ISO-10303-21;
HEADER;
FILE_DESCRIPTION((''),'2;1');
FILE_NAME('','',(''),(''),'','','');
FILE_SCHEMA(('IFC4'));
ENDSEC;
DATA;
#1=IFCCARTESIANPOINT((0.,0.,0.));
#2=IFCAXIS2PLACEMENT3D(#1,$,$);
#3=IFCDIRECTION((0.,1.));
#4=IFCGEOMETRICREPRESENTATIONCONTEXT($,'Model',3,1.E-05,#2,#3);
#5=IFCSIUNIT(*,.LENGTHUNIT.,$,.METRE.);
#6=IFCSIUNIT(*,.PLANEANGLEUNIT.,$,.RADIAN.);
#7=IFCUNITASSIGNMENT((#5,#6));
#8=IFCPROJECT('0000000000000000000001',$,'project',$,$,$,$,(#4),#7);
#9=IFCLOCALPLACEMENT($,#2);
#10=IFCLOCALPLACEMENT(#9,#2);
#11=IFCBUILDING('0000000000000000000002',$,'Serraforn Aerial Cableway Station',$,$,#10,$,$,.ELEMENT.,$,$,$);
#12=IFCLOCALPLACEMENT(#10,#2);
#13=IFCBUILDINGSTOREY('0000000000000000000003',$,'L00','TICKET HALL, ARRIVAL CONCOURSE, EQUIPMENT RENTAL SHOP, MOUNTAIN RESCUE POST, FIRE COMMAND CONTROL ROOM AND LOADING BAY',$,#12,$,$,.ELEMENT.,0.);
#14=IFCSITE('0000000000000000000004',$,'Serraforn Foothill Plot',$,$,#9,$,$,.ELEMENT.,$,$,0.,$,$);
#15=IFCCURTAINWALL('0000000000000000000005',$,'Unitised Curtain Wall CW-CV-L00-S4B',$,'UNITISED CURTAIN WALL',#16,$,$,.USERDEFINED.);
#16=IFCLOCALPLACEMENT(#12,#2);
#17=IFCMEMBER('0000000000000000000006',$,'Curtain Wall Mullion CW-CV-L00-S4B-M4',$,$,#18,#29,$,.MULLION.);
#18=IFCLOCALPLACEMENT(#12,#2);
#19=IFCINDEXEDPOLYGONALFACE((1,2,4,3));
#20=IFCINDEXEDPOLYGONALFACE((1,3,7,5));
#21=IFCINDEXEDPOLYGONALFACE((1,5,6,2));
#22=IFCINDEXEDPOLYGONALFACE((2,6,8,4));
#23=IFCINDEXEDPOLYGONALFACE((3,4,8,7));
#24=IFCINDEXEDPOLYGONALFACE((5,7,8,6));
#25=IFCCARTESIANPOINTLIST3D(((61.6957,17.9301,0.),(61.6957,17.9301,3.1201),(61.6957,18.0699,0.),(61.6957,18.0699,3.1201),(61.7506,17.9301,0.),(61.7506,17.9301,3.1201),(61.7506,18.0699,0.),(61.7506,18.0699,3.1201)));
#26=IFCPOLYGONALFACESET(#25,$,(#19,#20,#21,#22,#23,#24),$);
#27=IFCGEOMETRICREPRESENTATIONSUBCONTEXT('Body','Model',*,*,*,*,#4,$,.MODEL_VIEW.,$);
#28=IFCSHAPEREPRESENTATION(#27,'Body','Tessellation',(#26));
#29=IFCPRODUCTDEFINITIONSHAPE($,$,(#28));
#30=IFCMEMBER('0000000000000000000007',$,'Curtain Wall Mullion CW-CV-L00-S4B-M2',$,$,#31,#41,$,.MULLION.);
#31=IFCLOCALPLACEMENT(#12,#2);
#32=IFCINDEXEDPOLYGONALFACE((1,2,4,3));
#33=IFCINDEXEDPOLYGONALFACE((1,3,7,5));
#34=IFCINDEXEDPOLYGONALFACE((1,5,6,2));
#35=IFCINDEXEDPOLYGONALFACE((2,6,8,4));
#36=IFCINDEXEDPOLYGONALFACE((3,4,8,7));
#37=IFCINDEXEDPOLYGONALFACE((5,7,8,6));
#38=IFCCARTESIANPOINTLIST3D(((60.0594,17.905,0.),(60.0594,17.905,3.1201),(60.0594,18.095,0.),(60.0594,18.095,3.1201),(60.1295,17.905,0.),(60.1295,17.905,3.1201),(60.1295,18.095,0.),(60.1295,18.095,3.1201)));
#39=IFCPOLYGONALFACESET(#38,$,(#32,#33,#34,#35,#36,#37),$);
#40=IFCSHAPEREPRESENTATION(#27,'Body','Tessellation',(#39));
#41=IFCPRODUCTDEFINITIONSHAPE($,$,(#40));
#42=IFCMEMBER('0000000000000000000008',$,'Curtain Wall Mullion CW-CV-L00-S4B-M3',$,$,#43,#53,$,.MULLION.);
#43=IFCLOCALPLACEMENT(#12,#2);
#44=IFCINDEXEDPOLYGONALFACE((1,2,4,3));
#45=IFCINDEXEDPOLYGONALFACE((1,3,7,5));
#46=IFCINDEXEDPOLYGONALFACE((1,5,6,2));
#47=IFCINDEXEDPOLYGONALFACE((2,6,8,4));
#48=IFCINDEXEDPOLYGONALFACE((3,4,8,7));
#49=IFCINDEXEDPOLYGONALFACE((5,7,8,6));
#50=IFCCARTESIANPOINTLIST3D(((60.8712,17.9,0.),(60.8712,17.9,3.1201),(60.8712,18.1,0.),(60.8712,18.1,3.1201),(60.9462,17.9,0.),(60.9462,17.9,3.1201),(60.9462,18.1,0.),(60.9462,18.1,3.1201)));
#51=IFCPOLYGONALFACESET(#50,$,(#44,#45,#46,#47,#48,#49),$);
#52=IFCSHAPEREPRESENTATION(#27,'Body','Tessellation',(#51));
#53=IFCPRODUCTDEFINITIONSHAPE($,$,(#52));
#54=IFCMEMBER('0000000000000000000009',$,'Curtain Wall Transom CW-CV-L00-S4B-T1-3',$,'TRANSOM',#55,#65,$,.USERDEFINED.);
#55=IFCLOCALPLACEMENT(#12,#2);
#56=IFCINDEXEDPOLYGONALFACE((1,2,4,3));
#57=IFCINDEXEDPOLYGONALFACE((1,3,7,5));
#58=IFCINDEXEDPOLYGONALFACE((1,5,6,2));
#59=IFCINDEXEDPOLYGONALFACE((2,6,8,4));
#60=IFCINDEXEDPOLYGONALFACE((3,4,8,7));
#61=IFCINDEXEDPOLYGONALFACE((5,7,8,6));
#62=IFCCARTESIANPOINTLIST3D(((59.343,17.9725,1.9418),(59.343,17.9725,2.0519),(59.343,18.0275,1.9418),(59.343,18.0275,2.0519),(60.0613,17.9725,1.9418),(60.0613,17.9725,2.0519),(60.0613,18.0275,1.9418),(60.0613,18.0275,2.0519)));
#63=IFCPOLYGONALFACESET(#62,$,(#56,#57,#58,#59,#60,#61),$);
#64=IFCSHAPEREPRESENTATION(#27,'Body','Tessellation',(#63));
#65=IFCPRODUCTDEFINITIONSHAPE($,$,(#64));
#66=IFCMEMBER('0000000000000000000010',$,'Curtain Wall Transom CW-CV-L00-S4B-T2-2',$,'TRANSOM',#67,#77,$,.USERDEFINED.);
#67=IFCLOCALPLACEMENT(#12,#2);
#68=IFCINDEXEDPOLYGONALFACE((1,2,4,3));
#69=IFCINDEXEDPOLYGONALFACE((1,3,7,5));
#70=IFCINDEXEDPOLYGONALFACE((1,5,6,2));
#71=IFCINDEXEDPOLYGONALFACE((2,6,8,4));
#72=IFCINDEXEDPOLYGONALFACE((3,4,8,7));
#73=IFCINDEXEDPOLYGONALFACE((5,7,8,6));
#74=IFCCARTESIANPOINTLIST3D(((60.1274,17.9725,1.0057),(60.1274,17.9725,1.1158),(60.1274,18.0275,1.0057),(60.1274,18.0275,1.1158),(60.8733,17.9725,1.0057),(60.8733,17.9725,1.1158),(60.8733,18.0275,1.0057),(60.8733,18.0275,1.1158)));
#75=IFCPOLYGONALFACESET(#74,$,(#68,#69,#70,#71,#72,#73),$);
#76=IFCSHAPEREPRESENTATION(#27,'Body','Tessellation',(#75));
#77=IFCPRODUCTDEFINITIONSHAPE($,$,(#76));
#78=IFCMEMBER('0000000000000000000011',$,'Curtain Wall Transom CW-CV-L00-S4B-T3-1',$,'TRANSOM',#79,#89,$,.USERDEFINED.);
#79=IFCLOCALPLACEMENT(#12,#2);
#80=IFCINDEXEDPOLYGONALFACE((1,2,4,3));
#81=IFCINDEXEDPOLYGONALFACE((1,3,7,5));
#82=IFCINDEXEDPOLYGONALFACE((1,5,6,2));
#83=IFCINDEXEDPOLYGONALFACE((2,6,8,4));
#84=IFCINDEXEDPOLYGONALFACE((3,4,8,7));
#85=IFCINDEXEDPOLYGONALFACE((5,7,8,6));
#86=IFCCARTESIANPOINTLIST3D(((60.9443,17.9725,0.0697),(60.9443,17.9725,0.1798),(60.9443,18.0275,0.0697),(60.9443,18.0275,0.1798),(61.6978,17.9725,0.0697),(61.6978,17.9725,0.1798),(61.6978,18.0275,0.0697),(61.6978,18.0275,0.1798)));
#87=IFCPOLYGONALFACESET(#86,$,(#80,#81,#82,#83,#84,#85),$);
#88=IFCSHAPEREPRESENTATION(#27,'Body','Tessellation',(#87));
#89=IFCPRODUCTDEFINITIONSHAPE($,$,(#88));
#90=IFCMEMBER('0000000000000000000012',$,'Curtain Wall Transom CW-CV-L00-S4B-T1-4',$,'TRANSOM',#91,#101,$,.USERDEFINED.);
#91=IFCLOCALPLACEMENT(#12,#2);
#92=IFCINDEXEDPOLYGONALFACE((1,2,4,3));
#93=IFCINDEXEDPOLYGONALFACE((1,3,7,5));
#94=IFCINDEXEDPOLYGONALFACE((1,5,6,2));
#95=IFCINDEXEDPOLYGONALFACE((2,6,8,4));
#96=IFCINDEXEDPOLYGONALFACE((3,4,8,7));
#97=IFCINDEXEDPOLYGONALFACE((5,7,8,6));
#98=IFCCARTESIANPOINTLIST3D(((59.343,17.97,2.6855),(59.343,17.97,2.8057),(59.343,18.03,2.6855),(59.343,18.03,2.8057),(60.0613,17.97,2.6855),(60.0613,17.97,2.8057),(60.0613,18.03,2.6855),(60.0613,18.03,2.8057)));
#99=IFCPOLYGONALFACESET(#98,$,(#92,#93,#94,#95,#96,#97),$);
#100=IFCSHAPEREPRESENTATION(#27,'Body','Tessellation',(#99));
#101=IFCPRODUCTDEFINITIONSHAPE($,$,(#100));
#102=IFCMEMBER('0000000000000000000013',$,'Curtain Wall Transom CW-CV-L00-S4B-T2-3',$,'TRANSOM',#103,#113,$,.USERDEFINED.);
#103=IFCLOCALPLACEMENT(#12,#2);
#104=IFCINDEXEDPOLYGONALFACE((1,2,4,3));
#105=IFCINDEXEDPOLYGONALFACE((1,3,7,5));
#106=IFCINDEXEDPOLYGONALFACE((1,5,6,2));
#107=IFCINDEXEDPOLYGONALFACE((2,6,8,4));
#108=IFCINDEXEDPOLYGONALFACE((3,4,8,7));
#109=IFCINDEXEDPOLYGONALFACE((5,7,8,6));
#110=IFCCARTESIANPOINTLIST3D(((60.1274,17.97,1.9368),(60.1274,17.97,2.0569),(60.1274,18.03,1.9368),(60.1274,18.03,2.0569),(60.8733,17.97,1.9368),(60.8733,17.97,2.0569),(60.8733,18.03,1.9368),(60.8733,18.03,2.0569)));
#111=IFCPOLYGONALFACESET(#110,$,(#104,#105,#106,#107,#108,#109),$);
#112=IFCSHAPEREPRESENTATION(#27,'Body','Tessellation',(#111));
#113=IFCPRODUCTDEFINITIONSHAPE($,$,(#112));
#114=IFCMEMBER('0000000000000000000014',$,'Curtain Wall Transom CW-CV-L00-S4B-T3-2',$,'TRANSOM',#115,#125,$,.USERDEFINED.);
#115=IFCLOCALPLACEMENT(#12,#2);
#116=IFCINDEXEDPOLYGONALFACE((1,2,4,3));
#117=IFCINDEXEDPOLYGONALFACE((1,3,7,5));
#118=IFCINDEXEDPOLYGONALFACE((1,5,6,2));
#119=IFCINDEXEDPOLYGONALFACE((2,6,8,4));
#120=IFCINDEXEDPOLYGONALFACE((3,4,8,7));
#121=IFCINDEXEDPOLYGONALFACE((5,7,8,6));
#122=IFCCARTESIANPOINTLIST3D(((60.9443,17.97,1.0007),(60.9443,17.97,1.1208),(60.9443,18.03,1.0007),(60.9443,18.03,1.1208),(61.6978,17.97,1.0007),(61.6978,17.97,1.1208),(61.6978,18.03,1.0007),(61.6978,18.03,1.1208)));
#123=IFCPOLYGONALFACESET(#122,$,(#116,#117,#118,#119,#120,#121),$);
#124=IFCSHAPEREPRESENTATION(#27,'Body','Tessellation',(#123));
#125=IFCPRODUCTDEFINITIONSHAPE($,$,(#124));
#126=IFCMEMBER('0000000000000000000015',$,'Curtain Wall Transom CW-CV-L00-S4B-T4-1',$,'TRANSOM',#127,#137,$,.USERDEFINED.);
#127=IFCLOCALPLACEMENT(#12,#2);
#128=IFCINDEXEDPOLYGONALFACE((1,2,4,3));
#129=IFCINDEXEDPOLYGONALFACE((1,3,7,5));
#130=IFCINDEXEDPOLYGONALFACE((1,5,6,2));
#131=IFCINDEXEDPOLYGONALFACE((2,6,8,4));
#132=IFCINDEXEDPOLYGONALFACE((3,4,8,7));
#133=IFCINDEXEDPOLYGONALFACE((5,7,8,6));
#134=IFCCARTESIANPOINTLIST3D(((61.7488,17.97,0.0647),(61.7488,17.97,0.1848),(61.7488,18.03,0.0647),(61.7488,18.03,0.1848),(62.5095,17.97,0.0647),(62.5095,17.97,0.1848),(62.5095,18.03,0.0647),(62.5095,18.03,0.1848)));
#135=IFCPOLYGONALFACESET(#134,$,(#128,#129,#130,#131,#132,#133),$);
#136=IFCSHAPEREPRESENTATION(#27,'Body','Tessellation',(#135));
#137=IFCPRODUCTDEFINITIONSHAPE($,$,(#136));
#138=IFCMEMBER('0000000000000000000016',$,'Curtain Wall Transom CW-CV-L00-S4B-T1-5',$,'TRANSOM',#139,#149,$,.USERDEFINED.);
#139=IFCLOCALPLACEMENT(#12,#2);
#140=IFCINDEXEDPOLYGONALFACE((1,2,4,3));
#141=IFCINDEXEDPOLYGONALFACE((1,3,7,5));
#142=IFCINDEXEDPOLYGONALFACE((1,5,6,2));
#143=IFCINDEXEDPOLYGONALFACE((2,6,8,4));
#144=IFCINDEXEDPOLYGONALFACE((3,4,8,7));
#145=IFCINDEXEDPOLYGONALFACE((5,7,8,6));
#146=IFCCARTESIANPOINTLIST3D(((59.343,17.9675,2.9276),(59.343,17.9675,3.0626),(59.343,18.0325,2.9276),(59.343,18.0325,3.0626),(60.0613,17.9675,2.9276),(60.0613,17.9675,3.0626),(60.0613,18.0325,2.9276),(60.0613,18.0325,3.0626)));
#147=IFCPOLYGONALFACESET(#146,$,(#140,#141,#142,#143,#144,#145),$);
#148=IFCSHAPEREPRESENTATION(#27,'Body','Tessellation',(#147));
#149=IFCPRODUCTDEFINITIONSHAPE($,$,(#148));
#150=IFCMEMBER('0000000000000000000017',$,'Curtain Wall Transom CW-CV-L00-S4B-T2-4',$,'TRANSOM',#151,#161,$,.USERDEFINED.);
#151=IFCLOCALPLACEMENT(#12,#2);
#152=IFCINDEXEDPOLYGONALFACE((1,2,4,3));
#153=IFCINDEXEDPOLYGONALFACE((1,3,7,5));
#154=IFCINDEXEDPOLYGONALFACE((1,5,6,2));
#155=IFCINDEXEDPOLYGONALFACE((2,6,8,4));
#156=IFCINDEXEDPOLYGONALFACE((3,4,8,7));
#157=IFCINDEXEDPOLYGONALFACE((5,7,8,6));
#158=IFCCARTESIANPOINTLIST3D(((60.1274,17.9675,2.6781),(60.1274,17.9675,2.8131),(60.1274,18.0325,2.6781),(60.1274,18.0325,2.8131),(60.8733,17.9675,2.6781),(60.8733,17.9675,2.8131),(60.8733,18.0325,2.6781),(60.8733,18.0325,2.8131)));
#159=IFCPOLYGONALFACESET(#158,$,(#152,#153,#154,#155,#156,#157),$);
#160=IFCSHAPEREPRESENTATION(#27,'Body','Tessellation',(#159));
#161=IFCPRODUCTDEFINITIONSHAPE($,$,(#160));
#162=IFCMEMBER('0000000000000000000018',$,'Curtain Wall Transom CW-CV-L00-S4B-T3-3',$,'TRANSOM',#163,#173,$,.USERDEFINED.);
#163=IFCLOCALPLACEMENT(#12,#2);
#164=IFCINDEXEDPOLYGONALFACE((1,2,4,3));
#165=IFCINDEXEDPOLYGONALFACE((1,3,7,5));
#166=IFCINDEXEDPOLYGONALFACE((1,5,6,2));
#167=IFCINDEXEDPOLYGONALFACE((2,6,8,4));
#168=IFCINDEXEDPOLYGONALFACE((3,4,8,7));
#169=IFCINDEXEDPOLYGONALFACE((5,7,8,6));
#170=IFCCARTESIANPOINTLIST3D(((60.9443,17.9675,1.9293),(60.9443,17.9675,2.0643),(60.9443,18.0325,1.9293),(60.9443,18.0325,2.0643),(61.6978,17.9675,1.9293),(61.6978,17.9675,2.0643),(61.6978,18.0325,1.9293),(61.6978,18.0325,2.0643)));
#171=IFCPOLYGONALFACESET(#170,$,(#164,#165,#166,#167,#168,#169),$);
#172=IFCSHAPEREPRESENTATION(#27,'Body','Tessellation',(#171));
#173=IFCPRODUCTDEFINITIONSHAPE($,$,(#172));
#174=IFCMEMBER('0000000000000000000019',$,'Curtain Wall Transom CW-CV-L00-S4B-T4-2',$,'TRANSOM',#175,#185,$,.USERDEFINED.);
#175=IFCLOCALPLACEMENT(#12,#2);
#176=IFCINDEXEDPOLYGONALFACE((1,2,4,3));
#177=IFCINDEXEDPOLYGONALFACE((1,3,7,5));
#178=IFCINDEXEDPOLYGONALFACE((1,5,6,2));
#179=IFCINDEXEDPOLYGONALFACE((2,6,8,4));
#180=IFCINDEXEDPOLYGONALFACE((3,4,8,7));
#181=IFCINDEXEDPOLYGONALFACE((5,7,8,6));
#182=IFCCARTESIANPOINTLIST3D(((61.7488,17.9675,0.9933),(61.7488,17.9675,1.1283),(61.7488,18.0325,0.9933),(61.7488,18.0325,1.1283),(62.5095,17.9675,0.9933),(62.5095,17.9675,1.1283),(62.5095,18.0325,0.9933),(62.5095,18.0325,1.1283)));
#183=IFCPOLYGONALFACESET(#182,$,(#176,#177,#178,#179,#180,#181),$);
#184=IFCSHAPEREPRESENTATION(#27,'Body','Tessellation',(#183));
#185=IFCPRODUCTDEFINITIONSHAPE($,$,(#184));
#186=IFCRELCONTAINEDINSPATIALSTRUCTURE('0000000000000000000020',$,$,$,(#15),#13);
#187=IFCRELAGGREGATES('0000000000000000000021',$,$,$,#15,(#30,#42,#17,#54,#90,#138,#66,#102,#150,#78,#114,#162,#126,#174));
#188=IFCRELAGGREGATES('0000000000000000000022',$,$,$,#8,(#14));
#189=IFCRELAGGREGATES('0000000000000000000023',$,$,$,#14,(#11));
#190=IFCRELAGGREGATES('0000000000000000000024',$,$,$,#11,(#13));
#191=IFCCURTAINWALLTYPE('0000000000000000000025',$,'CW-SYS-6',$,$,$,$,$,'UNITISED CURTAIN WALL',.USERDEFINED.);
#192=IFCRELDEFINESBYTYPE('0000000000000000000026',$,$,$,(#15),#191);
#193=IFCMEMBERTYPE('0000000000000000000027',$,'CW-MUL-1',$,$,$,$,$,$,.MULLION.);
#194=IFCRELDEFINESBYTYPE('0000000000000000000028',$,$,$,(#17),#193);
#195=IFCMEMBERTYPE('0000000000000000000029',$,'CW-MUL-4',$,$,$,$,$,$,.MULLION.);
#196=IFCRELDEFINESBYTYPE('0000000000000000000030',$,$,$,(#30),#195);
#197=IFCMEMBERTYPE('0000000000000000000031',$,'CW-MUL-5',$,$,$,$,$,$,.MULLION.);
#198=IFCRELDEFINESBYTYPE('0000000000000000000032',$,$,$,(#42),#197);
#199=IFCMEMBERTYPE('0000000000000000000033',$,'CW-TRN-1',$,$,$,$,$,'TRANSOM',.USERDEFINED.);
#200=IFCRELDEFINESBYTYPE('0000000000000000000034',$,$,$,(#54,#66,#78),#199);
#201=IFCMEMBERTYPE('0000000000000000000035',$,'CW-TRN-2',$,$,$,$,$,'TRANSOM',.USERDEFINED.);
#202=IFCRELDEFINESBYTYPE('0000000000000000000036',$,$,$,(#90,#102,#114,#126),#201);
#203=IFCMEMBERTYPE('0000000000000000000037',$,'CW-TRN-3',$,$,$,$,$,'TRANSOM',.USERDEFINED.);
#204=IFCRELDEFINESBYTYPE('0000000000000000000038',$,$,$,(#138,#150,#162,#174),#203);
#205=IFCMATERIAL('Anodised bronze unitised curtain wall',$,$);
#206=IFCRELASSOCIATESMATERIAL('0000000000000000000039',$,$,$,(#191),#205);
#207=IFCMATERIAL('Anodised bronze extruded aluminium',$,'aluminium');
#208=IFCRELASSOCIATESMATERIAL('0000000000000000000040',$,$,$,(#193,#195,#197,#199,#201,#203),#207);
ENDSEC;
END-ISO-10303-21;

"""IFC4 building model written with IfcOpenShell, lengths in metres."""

from ifc_helpers import new_model, si_unit, direction, frame, origin, origin_2d, place, context, subcontext, project, spatial, rectangle, extrude, material, material_profile, profile_set, type_object, element, aggregate, save


model = new_model("IFC4")

# Units and contexts
model_context = context("Model", 3, precision=1e-05, world=origin(), true_north=direction((0.0, 1.0)))
body_context = subcontext(model_context, "Body", "Model", "MODEL_VIEW")
ifc_project = project(units=[si_unit("LENGTHUNIT", "METRE"), si_unit("PLANEANGLEUNIT", "RADIAN")], contexts=[model_context])

# Site, building, storey
site_placement = place(None, origin())
site = spatial("IfcSite", under=ifc_project, at=site_placement, Name="Serraforn Foothill Plot", CompositionType="ELEMENT", RefElevation=0.0)
building_placement = place(site_placement, origin())
building = spatial("IfcBuilding", under=site, at=building_placement, Name="Serraforn Aerial Cableway Station", CompositionType="ELEMENT")
storey_placement = place(building_placement, origin())
storey = spatial("IfcBuildingStorey", under=building, at=storey_placement, Name="L00", Description="TICKET HALL, ARRIVAL CONCOURSE, EQUIPMENT RENTAL SHOP, MOUNTAIN RESCUE POST, FIRE COMMAND CONTROL ROOM AND LOADING BAY", CompositionType="ELEMENT", Elevation=0.0)

# Curtain wall, members
ifc_material_1 = material(Name="Anodised bronze unitised curtain wall")
curtain_wall_type = type_object("IfcCurtainWallType", Name="CW-SYS-6", ElementType="UNITISED CURTAIN WALL", PredefinedType="USERDEFINED", material=ifc_material_1)
curtain_wall_placement = place(storey_placement, origin())
curtain_wall = element("IfcCurtainWall", 1, at=curtain_wall_placement, inside=storey, type_object=curtain_wall_type, Name="Unitised Curtain Wall CW-CV-L00-S4B", ObjectType="UNITISED CURTAIN WALL", PredefinedType="USERDEFINED")
ifc_material_2 = material(Name="Anodised bronze extruded aluminium", Category="aluminium")
ifc_material_profile_1 = material_profile(ifc_material_2, rectangle(XDim=0.0549, YDim=0.1399, at=origin_2d()), Name="CW MULLION 55x140")
ifc_profile_set_1 = profile_set([ifc_material_profile_1], Name="Anodised bronze extruded aluminium")
member_type_1 = type_object("IfcMemberType", Name="CW-MUL-1", PredefinedType="MULLION", material=ifc_profile_set_1)
member_1_placement = place(storey_placement, frame((61.7231, 18.0, 0.0), z_axis=(0.0, 0.0, 1.0), x_axis=(1.0, 0.0, 0.0)))
member_1 = element("IfcMember", 2, at=member_1_placement, type_object=member_type_1, Name="Curtain Wall Mullion CW-CV-L00-S4B-M4", PredefinedType="MULLION", context=body_context, shape_type="SweptSolid", body=[
    extrude(rectangle(XDim=0.0549, YDim=0.1399, at=origin_2d()), origin(), (0.0, 0.0, 1.0), 3.1201),
])
ifc_material_profile_2 = material_profile(ifc_material_2, rectangle(XDim=0.0701, YDim=0.1899, at=origin_2d()), Name="CW MULLION 70x190")
ifc_profile_set_2 = profile_set([ifc_material_profile_2], Name="Anodised bronze extruded aluminium")
member_type_2 = type_object("IfcMemberType", Name="CW-MUL-4", PredefinedType="MULLION", material=ifc_profile_set_2)
member_2_placement = place(storey_placement, frame((60.0945, 18.0, 0.0), z_axis=(0.0, 0.0, 1.0), x_axis=(1.0, 0.0, 0.0)))
member_2 = element("IfcMember", 3, at=member_2_placement, type_object=member_type_2, Name="Curtain Wall Mullion CW-CV-L00-S4B-M2", PredefinedType="MULLION", context=body_context, shape_type="SweptSolid", body=[
    extrude(rectangle(XDim=0.0701, YDim=0.1899, at=origin_2d()), origin(), (0.0, 0.0, 1.0), 3.1201),
])
ifc_material_profile_3 = material_profile(ifc_material_2, rectangle(XDim=0.075, YDim=0.2, at=origin_2d()), Name="CW MULLION 75x200")
ifc_profile_set_3 = profile_set([ifc_material_profile_3], Name="Anodised bronze extruded aluminium")
member_type_3 = type_object("IfcMemberType", Name="CW-MUL-5", PredefinedType="MULLION", material=ifc_profile_set_3)
member_3_placement = place(storey_placement, frame((60.9087, 18.0, 0.0), z_axis=(0.0, 0.0, 1.0), x_axis=(1.0, 0.0, 0.0)))
member_3 = element("IfcMember", 4, at=member_3_placement, type_object=member_type_3, Name="Curtain Wall Mullion CW-CV-L00-S4B-M3", PredefinedType="MULLION", context=body_context, shape_type="SweptSolid", body=[
    extrude(rectangle(XDim=0.075, YDim=0.2, at=origin_2d()), origin(), (0.0, 0.0, 1.0), 3.1201),
])
ifc_material_profile_4 = material_profile(ifc_material_2, rectangle(XDim=0.0549, YDim=0.1101, at=origin_2d()), Name="CW TRANSOM 55x110")
ifc_profile_set_4 = profile_set([ifc_material_profile_4], Name="Anodised bronze extruded aluminium")
member_type_4 = type_object("IfcMemberType", Name="CW-TRN-1", ElementType="TRANSOM", PredefinedType="USERDEFINED", material=ifc_profile_set_4)
member_4_placement = place(storey_placement, frame((59.343, 18.0, 1.9968), z_axis=(1.0, 0.0, 0.0), x_axis=(0.0, 1.0, 0.0)))
member_4 = element("IfcMember", 5, at=member_4_placement, type_object=member_type_4, Name="Curtain Wall Transom CW-CV-L00-S4B-T1-3", ObjectType="TRANSOM", PredefinedType="USERDEFINED", context=body_context, shape_type="SweptSolid", body=[
    extrude(rectangle(XDim=0.0549, YDim=0.1101, at=origin_2d()), origin(), (0.0, 0.0, 1.0), 0.7183),
])
member_5_placement = place(storey_placement, frame((60.1274, 18.0, 1.0608), z_axis=(1.0, 0.0, 0.0), x_axis=(0.0, 1.0, 0.0)))
member_5 = element("IfcMember", 6, at=member_5_placement, type_object=member_type_4, Name="Curtain Wall Transom CW-CV-L00-S4B-T2-2", ObjectType="TRANSOM", PredefinedType="USERDEFINED", context=body_context, shape_type="SweptSolid", body=[
    extrude(rectangle(XDim=0.0549, YDim=0.1101, at=origin_2d()), origin(), (0.0, 0.0, 1.0), 0.7458),
])
member_6_placement = place(storey_placement, frame((60.9443, 18.0, 0.1248), z_axis=(1.0, 0.0, 0.0), x_axis=(0.0, 1.0, 0.0)))
member_6 = element("IfcMember", 7, at=member_6_placement, type_object=member_type_4, Name="Curtain Wall Transom CW-CV-L00-S4B-T3-1", ObjectType="TRANSOM", PredefinedType="USERDEFINED", context=body_context, shape_type="SweptSolid", body=[
    extrude(rectangle(XDim=0.0549, YDim=0.1101, at=origin_2d()), origin(), (0.0, 0.0, 1.0), 0.7534),
])
ifc_material_profile_5 = material_profile(ifc_material_2, rectangle(XDim=0.0601, YDim=0.1201, at=origin_2d()), Name="CW TRANSOM 60x120")
ifc_profile_set_5 = profile_set([ifc_material_profile_5], Name="Anodised bronze extruded aluminium")
member_type_5 = type_object("IfcMemberType", Name="CW-TRN-2", ElementType="TRANSOM", PredefinedType="USERDEFINED", material=ifc_profile_set_5)
member_7_placement = place(storey_placement, frame((59.343, 18.0, 2.7456), z_axis=(1.0, 0.0, 0.0), x_axis=(0.0, 1.0, 0.0)))
member_7 = element("IfcMember", 8, at=member_7_placement, type_object=member_type_5, Name="Curtain Wall Transom CW-CV-L00-S4B-T1-4", ObjectType="TRANSOM", PredefinedType="USERDEFINED", context=body_context, shape_type="SweptSolid", body=[
    extrude(rectangle(XDim=0.0601, YDim=0.1201, at=origin_2d()), origin(), (0.0, 0.0, 1.0), 0.7183),
])
member_8_placement = place(storey_placement, frame((60.1274, 18.0, 1.9968), z_axis=(1.0, 0.0, 0.0), x_axis=(0.0, 1.0, 0.0)))
member_8 = element("IfcMember", 9, at=member_8_placement, type_object=member_type_5, Name="Curtain Wall Transom CW-CV-L00-S4B-T2-3", ObjectType="TRANSOM", PredefinedType="USERDEFINED", context=body_context, shape_type="SweptSolid", body=[
    extrude(rectangle(XDim=0.0601, YDim=0.1201, at=origin_2d()), origin(), (0.0, 0.0, 1.0), 0.7458),
])
member_9_placement = place(storey_placement, frame((60.9443, 18.0, 1.0608), z_axis=(1.0, 0.0, 0.0), x_axis=(0.0, 1.0, 0.0)))
member_9 = element("IfcMember", 10, at=member_9_placement, type_object=member_type_5, Name="Curtain Wall Transom CW-CV-L00-S4B-T3-2", ObjectType="TRANSOM", PredefinedType="USERDEFINED", context=body_context, shape_type="SweptSolid", body=[
    extrude(rectangle(XDim=0.0601, YDim=0.1201, at=origin_2d()), origin(), (0.0, 0.0, 1.0), 0.7534),
])
member_10_placement = place(storey_placement, frame((61.7488, 18.0, 0.1248), z_axis=(1.0, 0.0, 0.0), x_axis=(0.0, 1.0, 0.0)))
member_10 = element("IfcMember", 11, at=member_10_placement, type_object=member_type_5, Name="Curtain Wall Transom CW-CV-L00-S4B-T4-1", ObjectType="TRANSOM", PredefinedType="USERDEFINED", context=body_context, shape_type="SweptSolid", body=[
    extrude(rectangle(XDim=0.0601, YDim=0.1201, at=origin_2d()), origin(), (0.0, 0.0, 1.0), 0.7607),
])
ifc_material_profile_6 = material_profile(ifc_material_2, rectangle(XDim=0.0649, YDim=0.135, at=origin_2d()), Name="CW TRANSOM 65x135")
ifc_profile_set_6 = profile_set([ifc_material_profile_6], Name="Anodised bronze extruded aluminium")
member_type_6 = type_object("IfcMemberType", Name="CW-TRN-3", ElementType="TRANSOM", PredefinedType="USERDEFINED", material=ifc_profile_set_6)
member_11_placement = place(storey_placement, frame((59.343, 18.0, 2.9951), z_axis=(1.0, 0.0, 0.0), x_axis=(0.0, 1.0, 0.0)))
member_11 = element("IfcMember", 12, at=member_11_placement, type_object=member_type_6, Name="Curtain Wall Transom CW-CV-L00-S4B-T1-5", ObjectType="TRANSOM", PredefinedType="USERDEFINED", context=body_context, shape_type="SweptSolid", body=[
    extrude(rectangle(XDim=0.0649, YDim=0.135, at=origin_2d()), origin(), (0.0, 0.0, 1.0), 0.7183),
])
member_12_placement = place(storey_placement, frame((60.1274, 18.0, 2.7456), z_axis=(1.0, 0.0, 0.0), x_axis=(0.0, 1.0, 0.0)))
member_12 = element("IfcMember", 13, at=member_12_placement, type_object=member_type_6, Name="Curtain Wall Transom CW-CV-L00-S4B-T2-4", ObjectType="TRANSOM", PredefinedType="USERDEFINED", context=body_context, shape_type="SweptSolid", body=[
    extrude(rectangle(XDim=0.0649, YDim=0.135, at=origin_2d()), origin(), (0.0, 0.0, 1.0), 0.7458),
])
member_13_placement = place(storey_placement, frame((60.9443, 18.0, 1.9968), z_axis=(1.0, 0.0, 0.0), x_axis=(0.0, 1.0, 0.0)))
member_13 = element("IfcMember", 14, at=member_13_placement, type_object=member_type_6, Name="Curtain Wall Transom CW-CV-L00-S4B-T3-3", ObjectType="TRANSOM", PredefinedType="USERDEFINED", context=body_context, shape_type="SweptSolid", body=[
    extrude(rectangle(XDim=0.0649, YDim=0.135, at=origin_2d()), origin(), (0.0, 0.0, 1.0), 0.7534),
])
member_14_placement = place(storey_placement, frame((61.7488, 18.0, 1.0608), z_axis=(1.0, 0.0, 0.0), x_axis=(0.0, 1.0, 0.0)))
member_14 = element("IfcMember", 15, at=member_14_placement, type_object=member_type_6, Name="Curtain Wall Transom CW-CV-L00-S4B-T4-2", ObjectType="TRANSOM", PredefinedType="USERDEFINED", context=body_context, shape_type="SweptSolid", body=[
    extrude(rectangle(XDim=0.0649, YDim=0.135, at=origin_2d()), origin(), (0.0, 0.0, 1.0), 0.7607),
])
aggregate(curtain_wall, [member_2, member_3, member_1, member_4, member_7, member_11, member_5, member_8, member_12, member_6, member_9, member_13, member_10, member_14])

save(model, "model.ifc")
